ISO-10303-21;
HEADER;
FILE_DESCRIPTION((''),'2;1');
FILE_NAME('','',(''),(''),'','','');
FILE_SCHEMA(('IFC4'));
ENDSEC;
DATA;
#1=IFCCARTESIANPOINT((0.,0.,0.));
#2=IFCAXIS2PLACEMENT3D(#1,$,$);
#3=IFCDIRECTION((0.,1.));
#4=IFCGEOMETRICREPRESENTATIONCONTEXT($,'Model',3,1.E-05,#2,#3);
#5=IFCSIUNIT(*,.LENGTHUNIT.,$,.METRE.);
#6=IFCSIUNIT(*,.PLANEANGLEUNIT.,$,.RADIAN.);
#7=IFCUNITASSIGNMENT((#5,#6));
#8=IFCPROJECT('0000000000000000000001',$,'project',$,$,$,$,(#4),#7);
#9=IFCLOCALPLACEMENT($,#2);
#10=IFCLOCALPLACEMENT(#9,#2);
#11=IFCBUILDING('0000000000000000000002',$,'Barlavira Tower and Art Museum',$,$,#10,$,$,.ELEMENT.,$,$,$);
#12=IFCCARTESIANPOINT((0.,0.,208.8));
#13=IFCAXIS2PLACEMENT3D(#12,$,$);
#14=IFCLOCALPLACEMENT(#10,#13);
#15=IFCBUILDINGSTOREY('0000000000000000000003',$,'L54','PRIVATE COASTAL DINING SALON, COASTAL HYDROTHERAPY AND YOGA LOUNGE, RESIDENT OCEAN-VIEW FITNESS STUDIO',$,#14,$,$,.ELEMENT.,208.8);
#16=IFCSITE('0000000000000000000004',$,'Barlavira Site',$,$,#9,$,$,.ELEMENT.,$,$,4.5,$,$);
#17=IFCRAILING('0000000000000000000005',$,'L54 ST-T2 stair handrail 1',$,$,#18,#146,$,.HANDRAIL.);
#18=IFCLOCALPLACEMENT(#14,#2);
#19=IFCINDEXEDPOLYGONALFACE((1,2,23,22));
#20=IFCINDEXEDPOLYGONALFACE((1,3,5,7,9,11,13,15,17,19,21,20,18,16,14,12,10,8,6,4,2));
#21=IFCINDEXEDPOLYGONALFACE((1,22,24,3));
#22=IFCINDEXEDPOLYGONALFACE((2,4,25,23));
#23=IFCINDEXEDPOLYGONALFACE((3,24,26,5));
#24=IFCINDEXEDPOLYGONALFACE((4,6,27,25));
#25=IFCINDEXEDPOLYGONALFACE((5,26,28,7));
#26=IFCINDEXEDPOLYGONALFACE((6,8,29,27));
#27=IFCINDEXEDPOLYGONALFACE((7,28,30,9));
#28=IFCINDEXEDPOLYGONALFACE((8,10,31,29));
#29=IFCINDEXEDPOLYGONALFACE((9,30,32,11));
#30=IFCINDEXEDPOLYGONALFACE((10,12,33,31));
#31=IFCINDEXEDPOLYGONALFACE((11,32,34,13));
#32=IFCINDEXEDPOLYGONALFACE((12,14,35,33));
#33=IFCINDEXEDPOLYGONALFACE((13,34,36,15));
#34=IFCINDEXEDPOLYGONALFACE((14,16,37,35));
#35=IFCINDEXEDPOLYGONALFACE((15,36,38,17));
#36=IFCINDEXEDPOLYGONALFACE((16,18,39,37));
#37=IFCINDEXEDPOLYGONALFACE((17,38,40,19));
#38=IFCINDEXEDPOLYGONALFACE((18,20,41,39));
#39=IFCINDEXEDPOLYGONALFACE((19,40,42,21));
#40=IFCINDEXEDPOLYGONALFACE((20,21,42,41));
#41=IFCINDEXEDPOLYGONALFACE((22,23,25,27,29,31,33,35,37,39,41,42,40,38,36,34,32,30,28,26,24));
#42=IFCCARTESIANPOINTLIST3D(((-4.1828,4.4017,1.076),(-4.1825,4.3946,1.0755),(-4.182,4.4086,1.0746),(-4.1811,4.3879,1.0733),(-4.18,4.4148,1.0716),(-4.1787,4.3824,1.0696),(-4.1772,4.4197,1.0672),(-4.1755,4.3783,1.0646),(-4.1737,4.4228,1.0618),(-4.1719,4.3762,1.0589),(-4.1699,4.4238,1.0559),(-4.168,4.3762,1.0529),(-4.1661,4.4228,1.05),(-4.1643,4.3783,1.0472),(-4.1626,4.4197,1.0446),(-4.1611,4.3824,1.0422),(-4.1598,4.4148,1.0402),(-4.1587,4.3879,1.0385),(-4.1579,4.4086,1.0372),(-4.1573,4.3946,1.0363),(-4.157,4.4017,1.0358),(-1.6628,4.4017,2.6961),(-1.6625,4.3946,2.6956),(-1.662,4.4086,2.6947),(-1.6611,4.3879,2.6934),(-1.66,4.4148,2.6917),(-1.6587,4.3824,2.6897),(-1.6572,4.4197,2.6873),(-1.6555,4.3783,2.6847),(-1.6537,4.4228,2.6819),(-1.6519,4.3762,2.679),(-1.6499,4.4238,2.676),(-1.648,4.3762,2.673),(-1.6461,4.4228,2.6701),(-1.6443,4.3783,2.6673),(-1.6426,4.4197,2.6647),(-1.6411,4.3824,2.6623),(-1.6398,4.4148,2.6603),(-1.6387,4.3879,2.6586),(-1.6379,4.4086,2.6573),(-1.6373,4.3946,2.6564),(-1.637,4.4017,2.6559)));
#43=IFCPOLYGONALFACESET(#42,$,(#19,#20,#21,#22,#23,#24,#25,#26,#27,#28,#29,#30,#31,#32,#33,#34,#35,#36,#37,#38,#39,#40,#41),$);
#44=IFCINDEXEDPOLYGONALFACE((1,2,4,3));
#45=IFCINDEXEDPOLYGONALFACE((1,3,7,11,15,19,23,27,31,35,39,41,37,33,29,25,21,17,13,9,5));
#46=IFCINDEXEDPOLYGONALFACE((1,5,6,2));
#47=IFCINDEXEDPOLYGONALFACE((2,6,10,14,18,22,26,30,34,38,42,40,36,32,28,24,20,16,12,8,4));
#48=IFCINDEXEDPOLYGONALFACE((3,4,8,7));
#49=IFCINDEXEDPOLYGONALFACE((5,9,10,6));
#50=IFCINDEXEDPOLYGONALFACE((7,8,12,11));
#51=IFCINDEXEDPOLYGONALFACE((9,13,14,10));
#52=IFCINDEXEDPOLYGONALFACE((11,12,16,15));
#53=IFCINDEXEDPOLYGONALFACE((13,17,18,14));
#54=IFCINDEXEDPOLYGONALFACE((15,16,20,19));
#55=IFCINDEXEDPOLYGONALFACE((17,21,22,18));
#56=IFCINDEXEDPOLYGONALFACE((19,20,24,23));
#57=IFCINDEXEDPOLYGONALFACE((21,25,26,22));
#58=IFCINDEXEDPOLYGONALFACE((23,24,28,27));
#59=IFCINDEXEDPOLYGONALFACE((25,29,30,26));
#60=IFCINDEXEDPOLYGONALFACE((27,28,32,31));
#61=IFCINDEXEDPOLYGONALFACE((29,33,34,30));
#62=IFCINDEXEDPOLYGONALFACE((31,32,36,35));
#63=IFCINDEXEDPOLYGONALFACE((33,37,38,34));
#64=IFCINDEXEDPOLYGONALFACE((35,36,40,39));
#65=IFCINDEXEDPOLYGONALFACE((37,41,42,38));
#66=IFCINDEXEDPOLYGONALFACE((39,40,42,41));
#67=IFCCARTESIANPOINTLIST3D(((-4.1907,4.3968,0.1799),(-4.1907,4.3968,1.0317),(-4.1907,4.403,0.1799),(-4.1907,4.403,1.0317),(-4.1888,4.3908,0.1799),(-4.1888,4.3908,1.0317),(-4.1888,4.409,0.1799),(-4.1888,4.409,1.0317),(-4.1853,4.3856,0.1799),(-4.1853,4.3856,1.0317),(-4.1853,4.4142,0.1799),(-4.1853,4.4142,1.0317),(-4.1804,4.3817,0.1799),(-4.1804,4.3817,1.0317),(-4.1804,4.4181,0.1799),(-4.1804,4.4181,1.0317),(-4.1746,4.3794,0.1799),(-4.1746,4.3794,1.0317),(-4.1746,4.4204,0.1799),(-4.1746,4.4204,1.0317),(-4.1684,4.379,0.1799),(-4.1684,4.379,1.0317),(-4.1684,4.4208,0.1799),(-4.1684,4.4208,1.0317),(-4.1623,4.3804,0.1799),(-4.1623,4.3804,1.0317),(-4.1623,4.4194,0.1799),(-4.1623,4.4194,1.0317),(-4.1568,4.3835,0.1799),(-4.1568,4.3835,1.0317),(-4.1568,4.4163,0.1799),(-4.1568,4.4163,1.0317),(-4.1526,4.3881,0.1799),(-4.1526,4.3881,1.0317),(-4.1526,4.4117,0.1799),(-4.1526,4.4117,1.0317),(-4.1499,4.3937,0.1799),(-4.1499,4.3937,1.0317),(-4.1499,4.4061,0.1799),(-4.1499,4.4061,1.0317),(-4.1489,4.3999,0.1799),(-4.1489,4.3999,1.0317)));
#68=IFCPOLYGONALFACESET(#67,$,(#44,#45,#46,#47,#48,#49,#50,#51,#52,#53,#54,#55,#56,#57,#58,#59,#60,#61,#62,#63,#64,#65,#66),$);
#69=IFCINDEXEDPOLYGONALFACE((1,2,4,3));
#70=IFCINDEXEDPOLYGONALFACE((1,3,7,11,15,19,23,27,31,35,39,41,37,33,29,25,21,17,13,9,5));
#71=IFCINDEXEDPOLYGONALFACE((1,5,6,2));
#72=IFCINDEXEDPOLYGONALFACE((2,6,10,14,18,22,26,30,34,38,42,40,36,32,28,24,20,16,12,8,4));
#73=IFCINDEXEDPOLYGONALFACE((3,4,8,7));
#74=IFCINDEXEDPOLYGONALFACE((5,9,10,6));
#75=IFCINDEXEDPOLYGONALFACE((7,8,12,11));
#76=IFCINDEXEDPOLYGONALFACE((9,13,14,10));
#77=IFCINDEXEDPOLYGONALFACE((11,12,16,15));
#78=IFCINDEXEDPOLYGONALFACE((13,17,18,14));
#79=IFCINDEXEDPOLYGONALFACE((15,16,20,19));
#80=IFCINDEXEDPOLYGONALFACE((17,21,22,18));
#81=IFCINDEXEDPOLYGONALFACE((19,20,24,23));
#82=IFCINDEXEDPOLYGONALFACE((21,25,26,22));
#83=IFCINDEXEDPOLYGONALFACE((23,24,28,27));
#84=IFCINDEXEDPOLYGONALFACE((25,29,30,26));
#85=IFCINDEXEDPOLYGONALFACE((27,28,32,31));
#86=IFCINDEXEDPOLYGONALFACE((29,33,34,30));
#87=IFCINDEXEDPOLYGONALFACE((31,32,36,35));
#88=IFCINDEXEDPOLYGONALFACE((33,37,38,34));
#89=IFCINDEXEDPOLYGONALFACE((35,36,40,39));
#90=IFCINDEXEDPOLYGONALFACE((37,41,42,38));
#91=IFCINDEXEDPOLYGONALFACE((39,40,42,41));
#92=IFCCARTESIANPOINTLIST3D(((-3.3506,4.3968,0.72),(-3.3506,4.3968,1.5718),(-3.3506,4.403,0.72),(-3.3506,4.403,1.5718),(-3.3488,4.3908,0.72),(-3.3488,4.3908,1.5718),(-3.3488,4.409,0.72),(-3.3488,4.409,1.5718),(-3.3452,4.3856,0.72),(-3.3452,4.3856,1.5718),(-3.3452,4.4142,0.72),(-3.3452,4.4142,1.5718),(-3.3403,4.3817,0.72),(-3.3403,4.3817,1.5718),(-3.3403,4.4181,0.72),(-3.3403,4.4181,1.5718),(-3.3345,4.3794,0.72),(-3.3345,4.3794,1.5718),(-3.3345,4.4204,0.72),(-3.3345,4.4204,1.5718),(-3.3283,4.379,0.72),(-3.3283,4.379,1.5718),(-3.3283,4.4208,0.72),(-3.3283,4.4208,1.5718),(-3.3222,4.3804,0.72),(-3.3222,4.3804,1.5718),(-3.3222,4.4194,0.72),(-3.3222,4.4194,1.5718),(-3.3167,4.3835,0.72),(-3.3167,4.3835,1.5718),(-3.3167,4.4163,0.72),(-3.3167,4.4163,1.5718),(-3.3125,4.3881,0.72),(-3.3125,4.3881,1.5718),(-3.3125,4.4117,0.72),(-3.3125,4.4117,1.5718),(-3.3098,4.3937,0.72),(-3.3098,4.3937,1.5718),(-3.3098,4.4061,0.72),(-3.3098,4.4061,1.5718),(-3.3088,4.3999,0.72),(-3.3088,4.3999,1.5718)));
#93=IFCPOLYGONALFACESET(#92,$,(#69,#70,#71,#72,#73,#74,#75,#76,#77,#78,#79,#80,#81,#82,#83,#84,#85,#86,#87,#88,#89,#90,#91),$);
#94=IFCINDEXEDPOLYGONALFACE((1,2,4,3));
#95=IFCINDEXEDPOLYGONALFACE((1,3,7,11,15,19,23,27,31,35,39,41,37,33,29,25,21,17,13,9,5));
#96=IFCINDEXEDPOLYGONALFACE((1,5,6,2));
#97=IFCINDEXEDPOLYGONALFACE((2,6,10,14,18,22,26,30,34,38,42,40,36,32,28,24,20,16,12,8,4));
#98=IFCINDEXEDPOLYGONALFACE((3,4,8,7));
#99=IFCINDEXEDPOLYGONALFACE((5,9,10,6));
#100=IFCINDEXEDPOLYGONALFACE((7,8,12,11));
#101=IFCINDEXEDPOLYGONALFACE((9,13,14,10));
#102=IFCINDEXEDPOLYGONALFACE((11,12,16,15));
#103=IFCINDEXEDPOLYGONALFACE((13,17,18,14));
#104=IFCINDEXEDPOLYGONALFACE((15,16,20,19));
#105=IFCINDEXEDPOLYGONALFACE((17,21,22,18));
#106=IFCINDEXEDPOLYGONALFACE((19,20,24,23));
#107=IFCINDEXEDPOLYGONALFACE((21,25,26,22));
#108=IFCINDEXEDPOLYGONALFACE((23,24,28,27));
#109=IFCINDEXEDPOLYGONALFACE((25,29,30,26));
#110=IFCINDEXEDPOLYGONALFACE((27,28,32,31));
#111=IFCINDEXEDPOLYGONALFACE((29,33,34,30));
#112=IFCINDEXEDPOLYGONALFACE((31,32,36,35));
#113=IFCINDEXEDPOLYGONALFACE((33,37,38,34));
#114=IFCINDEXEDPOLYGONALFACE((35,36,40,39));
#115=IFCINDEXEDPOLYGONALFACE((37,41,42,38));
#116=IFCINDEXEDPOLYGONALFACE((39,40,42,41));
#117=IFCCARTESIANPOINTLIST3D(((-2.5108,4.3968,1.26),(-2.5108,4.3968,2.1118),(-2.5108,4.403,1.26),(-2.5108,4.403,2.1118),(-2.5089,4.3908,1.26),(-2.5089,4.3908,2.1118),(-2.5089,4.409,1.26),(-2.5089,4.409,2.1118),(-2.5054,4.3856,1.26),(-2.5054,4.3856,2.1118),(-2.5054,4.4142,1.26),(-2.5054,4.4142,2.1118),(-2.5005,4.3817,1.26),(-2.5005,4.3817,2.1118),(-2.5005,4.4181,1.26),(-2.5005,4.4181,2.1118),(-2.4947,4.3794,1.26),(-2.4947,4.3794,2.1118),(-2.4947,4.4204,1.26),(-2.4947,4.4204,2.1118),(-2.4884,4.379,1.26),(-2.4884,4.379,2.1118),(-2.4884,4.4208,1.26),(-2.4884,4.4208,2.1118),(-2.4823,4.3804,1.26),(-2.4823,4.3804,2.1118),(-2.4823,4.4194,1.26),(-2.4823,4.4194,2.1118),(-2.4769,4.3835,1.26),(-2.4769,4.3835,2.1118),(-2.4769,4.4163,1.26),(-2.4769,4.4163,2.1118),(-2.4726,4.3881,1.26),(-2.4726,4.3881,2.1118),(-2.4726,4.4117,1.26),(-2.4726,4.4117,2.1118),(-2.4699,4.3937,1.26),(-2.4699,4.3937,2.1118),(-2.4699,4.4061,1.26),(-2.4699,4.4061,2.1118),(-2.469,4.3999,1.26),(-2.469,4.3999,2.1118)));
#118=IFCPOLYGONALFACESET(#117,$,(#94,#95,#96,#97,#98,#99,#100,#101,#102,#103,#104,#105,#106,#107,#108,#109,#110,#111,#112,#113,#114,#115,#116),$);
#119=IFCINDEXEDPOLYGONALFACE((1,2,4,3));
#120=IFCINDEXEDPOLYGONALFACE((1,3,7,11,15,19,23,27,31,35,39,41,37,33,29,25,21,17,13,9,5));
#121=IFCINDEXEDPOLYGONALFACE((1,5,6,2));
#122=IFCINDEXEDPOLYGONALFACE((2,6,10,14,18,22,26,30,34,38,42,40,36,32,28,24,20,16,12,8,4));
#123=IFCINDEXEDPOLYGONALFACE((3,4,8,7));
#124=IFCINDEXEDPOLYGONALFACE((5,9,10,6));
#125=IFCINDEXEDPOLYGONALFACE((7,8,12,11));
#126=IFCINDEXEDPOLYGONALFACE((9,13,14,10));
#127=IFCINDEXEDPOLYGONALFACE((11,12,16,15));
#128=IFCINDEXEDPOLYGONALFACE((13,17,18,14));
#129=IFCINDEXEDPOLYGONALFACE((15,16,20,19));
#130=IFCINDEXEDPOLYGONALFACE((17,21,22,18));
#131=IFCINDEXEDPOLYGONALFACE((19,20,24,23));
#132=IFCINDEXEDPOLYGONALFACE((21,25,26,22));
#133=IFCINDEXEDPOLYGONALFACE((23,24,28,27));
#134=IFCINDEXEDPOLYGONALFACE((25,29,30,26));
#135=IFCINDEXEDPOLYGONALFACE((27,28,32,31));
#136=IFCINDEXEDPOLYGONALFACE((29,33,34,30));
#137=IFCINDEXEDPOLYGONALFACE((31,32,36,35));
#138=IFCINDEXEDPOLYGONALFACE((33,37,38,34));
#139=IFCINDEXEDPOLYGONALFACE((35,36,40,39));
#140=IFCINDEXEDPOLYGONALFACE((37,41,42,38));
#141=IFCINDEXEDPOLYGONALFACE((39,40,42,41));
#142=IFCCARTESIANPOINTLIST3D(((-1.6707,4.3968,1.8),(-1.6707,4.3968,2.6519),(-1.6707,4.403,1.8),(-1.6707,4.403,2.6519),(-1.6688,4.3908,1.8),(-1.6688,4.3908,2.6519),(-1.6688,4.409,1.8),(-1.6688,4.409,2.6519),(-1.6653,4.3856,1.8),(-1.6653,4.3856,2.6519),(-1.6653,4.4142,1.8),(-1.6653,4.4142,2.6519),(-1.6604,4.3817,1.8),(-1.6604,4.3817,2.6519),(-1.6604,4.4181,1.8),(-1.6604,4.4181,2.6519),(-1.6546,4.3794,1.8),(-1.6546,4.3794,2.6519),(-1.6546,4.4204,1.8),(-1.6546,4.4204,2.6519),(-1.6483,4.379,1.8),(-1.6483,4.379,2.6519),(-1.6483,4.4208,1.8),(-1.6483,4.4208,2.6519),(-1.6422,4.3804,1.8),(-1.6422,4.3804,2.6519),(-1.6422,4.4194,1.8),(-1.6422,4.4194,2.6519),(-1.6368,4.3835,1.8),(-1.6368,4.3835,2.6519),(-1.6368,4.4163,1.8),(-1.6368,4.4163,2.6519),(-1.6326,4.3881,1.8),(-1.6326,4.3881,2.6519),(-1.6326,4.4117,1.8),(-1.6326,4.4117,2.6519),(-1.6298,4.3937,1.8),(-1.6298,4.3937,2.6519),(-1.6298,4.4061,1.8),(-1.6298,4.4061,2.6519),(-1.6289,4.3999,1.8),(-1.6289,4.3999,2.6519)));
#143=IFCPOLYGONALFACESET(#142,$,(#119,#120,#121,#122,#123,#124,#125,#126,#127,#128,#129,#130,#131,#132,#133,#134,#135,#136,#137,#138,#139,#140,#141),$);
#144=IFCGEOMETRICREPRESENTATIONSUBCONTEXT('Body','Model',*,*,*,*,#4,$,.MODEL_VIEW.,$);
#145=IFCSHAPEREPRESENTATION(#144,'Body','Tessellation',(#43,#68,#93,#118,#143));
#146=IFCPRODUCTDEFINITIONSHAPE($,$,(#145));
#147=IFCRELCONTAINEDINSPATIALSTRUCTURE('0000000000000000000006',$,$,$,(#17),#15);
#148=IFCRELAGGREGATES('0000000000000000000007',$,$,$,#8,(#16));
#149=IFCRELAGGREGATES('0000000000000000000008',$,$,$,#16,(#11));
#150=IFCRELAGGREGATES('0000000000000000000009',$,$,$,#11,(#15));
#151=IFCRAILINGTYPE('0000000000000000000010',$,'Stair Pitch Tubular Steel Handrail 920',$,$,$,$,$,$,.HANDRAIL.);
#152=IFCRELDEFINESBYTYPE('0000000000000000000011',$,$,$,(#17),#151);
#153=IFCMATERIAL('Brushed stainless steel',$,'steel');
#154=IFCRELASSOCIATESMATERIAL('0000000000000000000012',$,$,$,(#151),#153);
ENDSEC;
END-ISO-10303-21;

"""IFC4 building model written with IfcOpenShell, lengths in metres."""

from ifc_helpers import new_model, si_unit, direction, frame, origin, origin_2d, place, context, subcontext, project, spatial, circle, extrude, material, type_object, element, save


model = new_model("IFC4")

# Units and contexts
model_context = context("Model", 3, precision=1e-05, world=origin(), true_north=direction((0.0, 1.0)))
body_context = subcontext(model_context, "Body", "Model", "MODEL_VIEW")
ifc_project = project(units=[si_unit("LENGTHUNIT", "METRE"), si_unit("PLANEANGLEUNIT", "RADIAN")], contexts=[model_context])

# Site, building, storey
site_placement = place(None, origin())
site = spatial("IfcSite", under=ifc_project, at=site_placement, Name="Barlavira Site", CompositionType="ELEMENT", RefElevation=4.5)
building_placement = place(site_placement, origin())
building = spatial("IfcBuilding", under=site, at=building_placement, Name="Barlavira Tower and Art Museum", CompositionType="ELEMENT")
storey_placement = place(building_placement, frame((0.0, 0.0, 208.8)))
storey = spatial("IfcBuildingStorey", under=building, at=storey_placement, Name="L54", Description="PRIVATE COASTAL DINING SALON, COASTAL HYDROTHERAPY AND YOGA LOUNGE, RESIDENT OCEAN-VIEW FITNESS STUDIO", CompositionType="ELEMENT", Elevation=208.8)

# Shared definitions
ifc_material_1 = material(Name="Brushed stainless steel", Category="steel")

# Railing
railing_type_1 = type_object("IfcRailingType", Name="Stair Pitch Tubular Steel Handrail 920", PredefinedType="HANDRAIL", material=ifc_material_1)
railing_1_placement = place(storey_placement, frame((-4.1699, 4.3999, 0.1799)))
element("IfcRailing", 1, at=railing_1_placement, inside=storey, type_object=railing_type_1, Name="L54 ST-T2 stair handrail 1", PredefinedType="HANDRAIL", context=body_context, shape_type="SweptSolid", body=[
    extrude(circle(Radius=0.0239, at=origin_2d()), frame((0.0, 0.0, 0.876), z_axis=(0.841163, 0.0, 0.540782), x_axis=(0.0, 1.0, 0.0)), (0.0, 0.0, 1.0), 2.9958),
    extrude(circle(Radius=0.021, at=origin_2d()), origin(), (0.0, 0.0, 1.0), 0.8518),
    extrude(circle(Radius=0.021, at=origin_2d()), frame((0.8401, 0.0, 0.54)), (0.0, 0.0, 1.0), 0.8518),
    extrude(circle(Radius=0.021, at=origin_2d()), frame((1.6799, 0.0, 1.0801)), (0.0, 0.0, 1.0), 0.8518),
    extrude(circle(Radius=0.021, at=origin_2d()), frame((2.52, 0.0, 1.6201)), (0.0, 0.0, 1.0), 0.8518),
])

save(model, "model.ifc")
